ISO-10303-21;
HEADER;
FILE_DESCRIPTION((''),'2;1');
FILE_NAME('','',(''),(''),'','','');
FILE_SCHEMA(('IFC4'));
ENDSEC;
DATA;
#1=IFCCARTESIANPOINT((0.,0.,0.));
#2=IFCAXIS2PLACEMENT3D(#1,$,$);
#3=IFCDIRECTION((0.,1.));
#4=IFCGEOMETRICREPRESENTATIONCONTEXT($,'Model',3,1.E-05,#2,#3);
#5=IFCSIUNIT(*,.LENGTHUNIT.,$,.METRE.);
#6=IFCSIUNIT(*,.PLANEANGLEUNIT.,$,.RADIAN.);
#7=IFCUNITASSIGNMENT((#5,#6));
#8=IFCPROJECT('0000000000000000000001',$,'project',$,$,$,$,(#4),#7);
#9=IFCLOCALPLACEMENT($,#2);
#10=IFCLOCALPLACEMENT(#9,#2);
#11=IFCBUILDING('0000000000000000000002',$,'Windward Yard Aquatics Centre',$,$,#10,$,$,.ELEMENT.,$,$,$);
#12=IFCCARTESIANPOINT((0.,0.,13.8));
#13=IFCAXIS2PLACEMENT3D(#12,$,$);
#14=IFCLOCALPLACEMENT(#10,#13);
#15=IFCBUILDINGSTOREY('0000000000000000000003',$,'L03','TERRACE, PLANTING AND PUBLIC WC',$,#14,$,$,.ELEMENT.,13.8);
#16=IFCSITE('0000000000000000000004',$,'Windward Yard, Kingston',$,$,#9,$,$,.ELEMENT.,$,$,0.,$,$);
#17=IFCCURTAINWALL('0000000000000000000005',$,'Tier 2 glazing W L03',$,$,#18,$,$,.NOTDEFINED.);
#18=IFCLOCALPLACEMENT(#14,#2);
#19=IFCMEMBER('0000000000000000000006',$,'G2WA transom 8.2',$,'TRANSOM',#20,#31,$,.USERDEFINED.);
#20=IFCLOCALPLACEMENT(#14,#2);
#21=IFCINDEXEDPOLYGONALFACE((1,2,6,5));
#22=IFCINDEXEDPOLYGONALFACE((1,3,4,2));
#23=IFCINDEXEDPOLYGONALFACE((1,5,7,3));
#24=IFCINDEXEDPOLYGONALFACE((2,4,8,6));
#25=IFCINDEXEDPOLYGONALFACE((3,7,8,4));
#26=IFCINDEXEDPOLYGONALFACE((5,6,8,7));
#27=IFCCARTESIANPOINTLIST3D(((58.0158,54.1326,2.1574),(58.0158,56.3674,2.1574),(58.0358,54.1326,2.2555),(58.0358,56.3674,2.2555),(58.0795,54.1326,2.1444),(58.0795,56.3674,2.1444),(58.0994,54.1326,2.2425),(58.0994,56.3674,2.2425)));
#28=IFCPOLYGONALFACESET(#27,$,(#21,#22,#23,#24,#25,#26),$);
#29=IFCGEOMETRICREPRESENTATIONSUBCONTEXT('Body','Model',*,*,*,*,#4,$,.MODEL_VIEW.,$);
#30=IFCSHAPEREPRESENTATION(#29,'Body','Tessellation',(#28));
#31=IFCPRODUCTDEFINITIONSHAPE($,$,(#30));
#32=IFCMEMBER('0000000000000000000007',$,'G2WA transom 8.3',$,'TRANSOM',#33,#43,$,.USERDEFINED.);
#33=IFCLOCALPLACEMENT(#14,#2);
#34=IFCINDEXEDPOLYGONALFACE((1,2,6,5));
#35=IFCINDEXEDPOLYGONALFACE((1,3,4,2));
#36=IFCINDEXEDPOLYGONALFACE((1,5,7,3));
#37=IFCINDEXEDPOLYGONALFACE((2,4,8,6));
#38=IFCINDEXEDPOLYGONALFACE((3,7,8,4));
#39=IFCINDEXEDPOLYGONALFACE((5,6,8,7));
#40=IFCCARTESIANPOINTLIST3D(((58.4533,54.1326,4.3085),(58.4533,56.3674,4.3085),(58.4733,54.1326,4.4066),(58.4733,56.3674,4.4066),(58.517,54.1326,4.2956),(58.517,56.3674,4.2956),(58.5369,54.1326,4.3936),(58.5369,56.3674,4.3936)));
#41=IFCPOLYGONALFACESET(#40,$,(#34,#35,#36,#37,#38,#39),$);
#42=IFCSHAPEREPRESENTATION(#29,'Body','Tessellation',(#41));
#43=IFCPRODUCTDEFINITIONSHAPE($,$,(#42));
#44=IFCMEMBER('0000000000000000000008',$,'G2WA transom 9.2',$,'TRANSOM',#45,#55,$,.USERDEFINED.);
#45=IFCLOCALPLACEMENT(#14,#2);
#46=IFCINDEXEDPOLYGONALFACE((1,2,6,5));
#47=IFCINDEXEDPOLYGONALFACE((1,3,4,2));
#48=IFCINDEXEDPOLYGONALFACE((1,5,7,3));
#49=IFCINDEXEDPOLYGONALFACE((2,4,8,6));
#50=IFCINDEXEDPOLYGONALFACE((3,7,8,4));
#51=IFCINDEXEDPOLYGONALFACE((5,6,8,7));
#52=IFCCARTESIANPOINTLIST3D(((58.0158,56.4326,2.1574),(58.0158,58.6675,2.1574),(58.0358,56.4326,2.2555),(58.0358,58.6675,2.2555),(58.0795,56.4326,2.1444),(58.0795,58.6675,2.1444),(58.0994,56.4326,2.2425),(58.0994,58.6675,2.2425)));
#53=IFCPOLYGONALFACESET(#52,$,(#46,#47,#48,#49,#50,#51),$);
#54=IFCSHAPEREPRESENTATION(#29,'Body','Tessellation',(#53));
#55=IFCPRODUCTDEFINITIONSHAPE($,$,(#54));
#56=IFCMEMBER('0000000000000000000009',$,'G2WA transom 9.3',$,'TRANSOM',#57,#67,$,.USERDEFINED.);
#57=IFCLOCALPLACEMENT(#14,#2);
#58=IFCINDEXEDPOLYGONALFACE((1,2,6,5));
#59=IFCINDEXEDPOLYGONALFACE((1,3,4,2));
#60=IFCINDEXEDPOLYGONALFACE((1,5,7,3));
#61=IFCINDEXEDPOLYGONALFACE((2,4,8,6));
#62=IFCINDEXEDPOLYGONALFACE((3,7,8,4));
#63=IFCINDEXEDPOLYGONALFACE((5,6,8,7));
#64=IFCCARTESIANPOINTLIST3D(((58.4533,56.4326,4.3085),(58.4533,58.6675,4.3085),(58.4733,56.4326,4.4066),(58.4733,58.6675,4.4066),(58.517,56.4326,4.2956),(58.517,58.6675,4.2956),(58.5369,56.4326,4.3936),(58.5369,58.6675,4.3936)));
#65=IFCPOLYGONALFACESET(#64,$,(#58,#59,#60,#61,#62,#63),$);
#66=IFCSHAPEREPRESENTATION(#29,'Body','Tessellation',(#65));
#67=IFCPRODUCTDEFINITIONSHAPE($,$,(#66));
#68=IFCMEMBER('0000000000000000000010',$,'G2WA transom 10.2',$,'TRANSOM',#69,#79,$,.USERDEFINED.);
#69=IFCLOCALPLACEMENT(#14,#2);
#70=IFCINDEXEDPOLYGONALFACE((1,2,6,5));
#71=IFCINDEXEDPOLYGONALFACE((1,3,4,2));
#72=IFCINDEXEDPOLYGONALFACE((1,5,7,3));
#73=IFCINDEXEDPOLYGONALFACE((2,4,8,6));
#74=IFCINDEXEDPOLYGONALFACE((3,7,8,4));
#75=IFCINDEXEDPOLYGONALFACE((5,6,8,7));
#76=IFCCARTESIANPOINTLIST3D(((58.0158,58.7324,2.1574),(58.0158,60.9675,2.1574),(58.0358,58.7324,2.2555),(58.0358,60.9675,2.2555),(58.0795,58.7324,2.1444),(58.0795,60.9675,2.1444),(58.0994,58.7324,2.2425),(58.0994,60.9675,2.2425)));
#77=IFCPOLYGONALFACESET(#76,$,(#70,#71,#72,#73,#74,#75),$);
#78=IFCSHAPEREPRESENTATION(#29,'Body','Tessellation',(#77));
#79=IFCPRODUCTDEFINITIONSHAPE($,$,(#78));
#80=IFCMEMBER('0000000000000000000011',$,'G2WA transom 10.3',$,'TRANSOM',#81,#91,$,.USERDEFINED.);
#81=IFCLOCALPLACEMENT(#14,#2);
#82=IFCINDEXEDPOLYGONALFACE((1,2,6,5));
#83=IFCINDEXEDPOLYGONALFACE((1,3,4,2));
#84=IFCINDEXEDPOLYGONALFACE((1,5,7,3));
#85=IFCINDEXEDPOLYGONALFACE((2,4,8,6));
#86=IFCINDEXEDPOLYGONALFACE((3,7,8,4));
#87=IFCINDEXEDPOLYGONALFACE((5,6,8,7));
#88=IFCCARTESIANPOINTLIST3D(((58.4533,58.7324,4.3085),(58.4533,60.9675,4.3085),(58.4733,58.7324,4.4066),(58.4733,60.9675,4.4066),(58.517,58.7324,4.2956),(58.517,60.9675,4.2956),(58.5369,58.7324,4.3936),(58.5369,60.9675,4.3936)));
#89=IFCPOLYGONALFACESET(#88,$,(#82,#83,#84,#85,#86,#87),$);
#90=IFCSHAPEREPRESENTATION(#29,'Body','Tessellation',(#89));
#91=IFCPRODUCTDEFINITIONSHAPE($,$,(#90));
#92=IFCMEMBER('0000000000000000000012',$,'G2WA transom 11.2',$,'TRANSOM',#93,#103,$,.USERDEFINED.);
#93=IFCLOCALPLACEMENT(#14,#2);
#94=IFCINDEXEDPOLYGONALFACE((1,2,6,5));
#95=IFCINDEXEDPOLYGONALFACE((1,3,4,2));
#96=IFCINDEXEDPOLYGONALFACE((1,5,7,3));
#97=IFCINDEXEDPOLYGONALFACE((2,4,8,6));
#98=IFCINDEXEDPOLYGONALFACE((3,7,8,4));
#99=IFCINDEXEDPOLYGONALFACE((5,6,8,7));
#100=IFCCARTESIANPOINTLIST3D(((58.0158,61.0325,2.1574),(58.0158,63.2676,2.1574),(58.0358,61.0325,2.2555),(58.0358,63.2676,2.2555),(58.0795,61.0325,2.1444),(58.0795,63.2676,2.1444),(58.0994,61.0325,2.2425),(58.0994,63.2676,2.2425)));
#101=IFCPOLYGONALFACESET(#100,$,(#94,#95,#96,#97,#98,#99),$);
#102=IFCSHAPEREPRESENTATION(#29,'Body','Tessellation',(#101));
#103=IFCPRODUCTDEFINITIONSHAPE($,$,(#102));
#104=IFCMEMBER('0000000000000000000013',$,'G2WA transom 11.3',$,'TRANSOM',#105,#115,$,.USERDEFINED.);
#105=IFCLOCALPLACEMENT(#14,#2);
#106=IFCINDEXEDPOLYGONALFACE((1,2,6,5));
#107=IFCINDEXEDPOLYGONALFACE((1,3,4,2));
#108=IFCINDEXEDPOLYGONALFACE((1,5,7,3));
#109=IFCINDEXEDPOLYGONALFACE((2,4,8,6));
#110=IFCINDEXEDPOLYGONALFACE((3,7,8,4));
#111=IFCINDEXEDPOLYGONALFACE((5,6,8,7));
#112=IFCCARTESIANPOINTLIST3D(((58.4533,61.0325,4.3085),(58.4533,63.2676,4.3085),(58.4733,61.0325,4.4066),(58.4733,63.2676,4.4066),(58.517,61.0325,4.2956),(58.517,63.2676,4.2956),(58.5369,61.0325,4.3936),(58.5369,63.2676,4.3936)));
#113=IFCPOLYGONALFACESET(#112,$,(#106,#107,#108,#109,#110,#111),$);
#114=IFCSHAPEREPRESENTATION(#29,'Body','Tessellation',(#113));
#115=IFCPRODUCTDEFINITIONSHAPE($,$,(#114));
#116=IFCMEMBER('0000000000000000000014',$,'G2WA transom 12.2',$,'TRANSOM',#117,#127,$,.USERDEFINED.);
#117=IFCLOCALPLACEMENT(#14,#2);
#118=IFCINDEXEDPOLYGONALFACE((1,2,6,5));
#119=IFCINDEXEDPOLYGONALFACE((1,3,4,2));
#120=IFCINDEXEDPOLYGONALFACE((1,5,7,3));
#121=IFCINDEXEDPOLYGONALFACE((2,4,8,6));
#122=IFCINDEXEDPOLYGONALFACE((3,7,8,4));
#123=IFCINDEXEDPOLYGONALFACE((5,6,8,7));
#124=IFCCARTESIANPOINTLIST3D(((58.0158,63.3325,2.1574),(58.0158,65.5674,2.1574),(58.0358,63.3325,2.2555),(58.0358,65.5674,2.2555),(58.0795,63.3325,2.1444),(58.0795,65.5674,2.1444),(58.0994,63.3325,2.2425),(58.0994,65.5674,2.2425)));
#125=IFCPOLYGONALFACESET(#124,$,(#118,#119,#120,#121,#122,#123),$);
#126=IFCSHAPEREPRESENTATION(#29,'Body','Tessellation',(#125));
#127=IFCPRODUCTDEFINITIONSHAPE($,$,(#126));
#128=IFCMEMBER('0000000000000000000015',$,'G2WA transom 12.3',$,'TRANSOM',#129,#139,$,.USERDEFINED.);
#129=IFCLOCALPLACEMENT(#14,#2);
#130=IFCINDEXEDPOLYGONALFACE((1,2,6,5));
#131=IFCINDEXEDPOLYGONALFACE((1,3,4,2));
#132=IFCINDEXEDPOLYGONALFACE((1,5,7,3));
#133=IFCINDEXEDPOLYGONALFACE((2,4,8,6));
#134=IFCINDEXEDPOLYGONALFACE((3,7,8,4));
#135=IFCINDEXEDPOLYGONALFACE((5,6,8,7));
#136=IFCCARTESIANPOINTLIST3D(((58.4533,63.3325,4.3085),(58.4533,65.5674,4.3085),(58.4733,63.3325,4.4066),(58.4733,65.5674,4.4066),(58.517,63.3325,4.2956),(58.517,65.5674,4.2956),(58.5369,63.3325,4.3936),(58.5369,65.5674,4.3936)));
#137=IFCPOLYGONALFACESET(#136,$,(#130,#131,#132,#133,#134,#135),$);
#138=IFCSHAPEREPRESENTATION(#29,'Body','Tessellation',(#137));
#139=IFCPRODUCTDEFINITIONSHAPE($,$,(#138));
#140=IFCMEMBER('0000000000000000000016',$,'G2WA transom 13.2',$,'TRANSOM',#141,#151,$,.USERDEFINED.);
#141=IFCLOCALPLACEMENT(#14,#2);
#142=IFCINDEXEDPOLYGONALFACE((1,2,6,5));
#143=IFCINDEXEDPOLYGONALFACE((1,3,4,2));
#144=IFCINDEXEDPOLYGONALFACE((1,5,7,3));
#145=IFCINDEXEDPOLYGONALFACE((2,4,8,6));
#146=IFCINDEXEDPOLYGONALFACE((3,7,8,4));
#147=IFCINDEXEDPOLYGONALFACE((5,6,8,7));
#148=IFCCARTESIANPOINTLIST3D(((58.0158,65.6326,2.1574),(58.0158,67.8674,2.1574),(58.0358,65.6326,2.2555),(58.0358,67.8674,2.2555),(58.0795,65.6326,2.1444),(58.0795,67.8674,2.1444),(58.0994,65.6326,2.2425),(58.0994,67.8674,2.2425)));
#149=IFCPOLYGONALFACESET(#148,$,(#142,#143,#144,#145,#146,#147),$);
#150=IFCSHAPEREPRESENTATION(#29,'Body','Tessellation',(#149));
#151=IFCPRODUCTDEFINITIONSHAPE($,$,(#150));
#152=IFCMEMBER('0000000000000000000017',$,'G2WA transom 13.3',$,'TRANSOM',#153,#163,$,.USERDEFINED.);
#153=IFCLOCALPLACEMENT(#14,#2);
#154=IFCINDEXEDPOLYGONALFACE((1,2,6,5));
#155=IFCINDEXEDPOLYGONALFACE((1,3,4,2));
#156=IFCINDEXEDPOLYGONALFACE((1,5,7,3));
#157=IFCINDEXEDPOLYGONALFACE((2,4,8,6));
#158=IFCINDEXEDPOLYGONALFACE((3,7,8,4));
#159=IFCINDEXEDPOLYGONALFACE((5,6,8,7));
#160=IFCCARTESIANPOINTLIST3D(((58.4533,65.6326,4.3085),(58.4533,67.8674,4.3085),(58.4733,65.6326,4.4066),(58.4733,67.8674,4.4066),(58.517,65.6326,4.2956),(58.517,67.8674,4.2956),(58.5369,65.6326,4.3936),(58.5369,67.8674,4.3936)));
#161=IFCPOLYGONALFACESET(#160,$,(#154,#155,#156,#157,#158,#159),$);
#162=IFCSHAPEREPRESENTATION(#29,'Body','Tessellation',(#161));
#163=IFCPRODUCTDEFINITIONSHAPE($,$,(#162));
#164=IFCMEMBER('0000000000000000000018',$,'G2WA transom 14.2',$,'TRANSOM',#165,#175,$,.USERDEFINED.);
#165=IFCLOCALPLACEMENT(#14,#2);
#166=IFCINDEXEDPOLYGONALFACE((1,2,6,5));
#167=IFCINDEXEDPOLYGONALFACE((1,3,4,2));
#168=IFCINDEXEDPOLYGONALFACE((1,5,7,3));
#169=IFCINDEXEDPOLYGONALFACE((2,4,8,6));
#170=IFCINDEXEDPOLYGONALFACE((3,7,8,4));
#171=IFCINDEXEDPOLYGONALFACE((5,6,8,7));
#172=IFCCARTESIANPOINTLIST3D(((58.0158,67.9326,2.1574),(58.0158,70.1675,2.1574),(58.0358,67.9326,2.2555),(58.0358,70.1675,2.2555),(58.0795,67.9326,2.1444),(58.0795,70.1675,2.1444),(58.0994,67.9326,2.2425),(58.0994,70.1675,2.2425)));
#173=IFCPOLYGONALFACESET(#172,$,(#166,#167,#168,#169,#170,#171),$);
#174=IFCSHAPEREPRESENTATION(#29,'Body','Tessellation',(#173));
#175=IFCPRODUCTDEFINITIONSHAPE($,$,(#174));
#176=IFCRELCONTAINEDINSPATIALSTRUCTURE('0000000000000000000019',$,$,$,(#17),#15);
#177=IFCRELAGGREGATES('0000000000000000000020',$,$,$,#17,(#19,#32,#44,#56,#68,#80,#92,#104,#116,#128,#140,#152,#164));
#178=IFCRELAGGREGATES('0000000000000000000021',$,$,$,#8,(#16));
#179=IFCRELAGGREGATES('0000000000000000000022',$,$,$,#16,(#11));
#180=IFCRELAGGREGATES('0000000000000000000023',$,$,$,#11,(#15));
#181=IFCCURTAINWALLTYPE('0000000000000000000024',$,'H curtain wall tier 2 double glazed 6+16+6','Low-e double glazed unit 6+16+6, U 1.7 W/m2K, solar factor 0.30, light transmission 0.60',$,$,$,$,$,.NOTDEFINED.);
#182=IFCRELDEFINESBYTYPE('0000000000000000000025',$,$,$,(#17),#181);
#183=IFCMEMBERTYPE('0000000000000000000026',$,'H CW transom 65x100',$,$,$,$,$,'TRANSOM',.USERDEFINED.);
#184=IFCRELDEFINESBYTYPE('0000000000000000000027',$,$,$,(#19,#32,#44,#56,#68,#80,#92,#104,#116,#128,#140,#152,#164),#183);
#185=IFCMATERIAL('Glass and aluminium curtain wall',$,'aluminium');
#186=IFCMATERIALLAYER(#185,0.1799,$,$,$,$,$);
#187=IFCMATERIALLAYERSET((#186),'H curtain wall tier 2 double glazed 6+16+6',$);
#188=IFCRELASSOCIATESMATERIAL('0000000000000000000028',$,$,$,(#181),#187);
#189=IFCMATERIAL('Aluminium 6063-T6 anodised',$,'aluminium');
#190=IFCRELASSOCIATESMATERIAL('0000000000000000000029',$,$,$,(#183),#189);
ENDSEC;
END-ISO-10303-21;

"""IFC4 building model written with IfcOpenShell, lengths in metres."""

from ifc_helpers import new_model, si_unit, direction, frame, origin, origin_2d, place, context, subcontext, project, spatial, rectangle, extrude, material, layer, layer_set, material_profile, profile_set, type_object, element, aggregate, save


model = new_model("IFC4")

# Units and contexts
model_context = context("Model", 3, precision=1e-05, world=origin(), true_north=direction((0.0, 1.0)))
body_context = subcontext(model_context, "Body", "Model", "MODEL_VIEW")
ifc_project = project(units=[si_unit("LENGTHUNIT", "METRE"), si_unit("PLANEANGLEUNIT", "RADIAN")], contexts=[model_context])

# Site, building, storey
site_placement = place(None, origin())
site = spatial("IfcSite", under=ifc_project, at=site_placement, Name="Windward Yard, Kingston", CompositionType="ELEMENT", RefElevation=0.0)
building_placement = place(site_placement, origin())
building = spatial("IfcBuilding", under=site, at=building_placement, Name="Windward Yard Aquatics Centre", CompositionType="ELEMENT")
storey_placement = place(building_placement, frame((0.0, 0.0, 13.8)))
storey = spatial("IfcBuildingStorey", under=building, at=storey_placement, Name="L03", Description="TERRACE, PLANTING AND PUBLIC WC", CompositionType="ELEMENT", Elevation=13.8)

# Curtain wall, members
ifc_material_1 = material(Name="Glass and aluminium curtain wall", Category="aluminium")
ifc_layer_1 = layer(ifc_material_1, 0.1799)
ifc_layer_set_1 = layer_set([ifc_layer_1], Name="H curtain wall tier 2 double glazed 6+16+6")
curtain_wall_type = type_object("IfcCurtainWallType", Name="H curtain wall tier 2 double glazed 6+16+6", Description="Low-e double glazed unit 6+16+6, U 1.7 W/m2K, solar factor 0.30, light transmission 0.60", PredefinedType="NOTDEFINED", material=ifc_layer_set_1)
curtain_wall_placement = place(storey_placement, origin())
curtain_wall = element("IfcCurtainWall", 1, at=curtain_wall_placement, inside=storey, type_object=curtain_wall_type, Name="Tier 2 glazing W L03", PredefinedType="NOTDEFINED")
ifc_material_2 = material(Name="Aluminium 6063-T6 anodised", Category="aluminium")
ifc_material_profile_1 = material_profile(ifc_material_2, rectangle(XDim=0.0649, YDim=0.1001, at=origin_2d()), Name="H CW transom 65x100")
ifc_profile_set_1 = profile_set([ifc_material_profile_1], Name="Aluminium 6063-T6 anodised")
member_type_1 = type_object("IfcMemberType", Name="H CW transom 65x100", ElementType="TRANSOM", PredefinedType="USERDEFINED", material=ifc_profile_set_1)
member_1_placement = place(storey_placement, frame((58.0576, 54.1326, 2.2), z_axis=(0.0, 1.0, 0.0), x_axis=(-0.979925, 0.0, 0.199368)))
member_1 = element("IfcMember", 2, at=member_1_placement, type_object=member_type_1, Name="G2WA transom 8.2", ObjectType="TRANSOM", PredefinedType="USERDEFINED", context=body_context, shape_type="SweptSolid", body=[
    extrude(rectangle(XDim=0.0649, YDim=0.1001, at=origin_2d()), origin(), (0.0, 0.0, 1.0), 2.2349),
])
member_2_placement = place(storey_placement, frame((58.4951, 54.1326, 4.3511), z_axis=(0.0, 1.0, 0.0), x_axis=(-0.979925, 0.0, 0.199368)))
member_2 = element("IfcMember", 3, at=member_2_placement, type_object=member_type_1, Name="G2WA transom 8.3", ObjectType="TRANSOM", PredefinedType="USERDEFINED", context=body_context, shape_type="SweptSolid", body=[
    extrude(rectangle(XDim=0.0649, YDim=0.1001, at=origin_2d()), origin(), (0.0, 0.0, 1.0), 2.2349),
])
member_3_placement = place(storey_placement, frame((58.0576, 56.4326, 2.2), z_axis=(0.0, 1.0, 0.0), x_axis=(-0.979925, 0.0, 0.199368)))
member_3 = element("IfcMember", 4, at=member_3_placement, type_object=member_type_1, Name="G2WA transom 9.2", ObjectType="TRANSOM", PredefinedType="USERDEFINED", context=body_context, shape_type="SweptSolid", body=[
    extrude(rectangle(XDim=0.0649, YDim=0.1001, at=origin_2d()), origin(), (0.0, 0.0, 1.0), 2.2349),
])
member_4_placement = place(storey_placement, frame((58.4951, 56.4326, 4.3511), z_axis=(0.0, 1.0, 0.0), x_axis=(-0.979925, 0.0, 0.199368)))
member_4 = element("IfcMember", 5, at=member_4_placement, type_object=member_type_1, Name="G2WA transom 9.3", ObjectType="TRANSOM", PredefinedType="USERDEFINED", context=body_context, shape_type="SweptSolid", body=[
    extrude(rectangle(XDim=0.0649, YDim=0.1001, at=origin_2d()), origin(), (0.0, 0.0, 1.0), 2.2349),
])
member_5_placement = place(storey_placement, frame((58.0576, 58.7324, 2.2), z_axis=(0.0, 1.0, 0.0), x_axis=(-0.979925, 0.0, 0.199368)))
member_5 = element("IfcMember", 6, at=member_5_placement, type_object=member_type_1, Name="G2WA transom 10.2", ObjectType="TRANSOM", PredefinedType="USERDEFINED", context=body_context, shape_type="SweptSolid", body=[
    extrude(rectangle(XDim=0.0649, YDim=0.1001, at=origin_2d()), origin(), (0.0, 0.0, 1.0), 2.2351),
])
member_6_placement = place(storey_placement, frame((58.4951, 58.7324, 4.3511), z_axis=(0.0, 1.0, 0.0), x_axis=(-0.979925, 0.0, 0.199368)))
member_6 = element("IfcMember", 7, at=member_6_placement, type_object=member_type_1, Name="G2WA transom 10.3", ObjectType="TRANSOM", PredefinedType="USERDEFINED", context=body_context, shape_type="SweptSolid", body=[
    extrude(rectangle(XDim=0.0649, YDim=0.1001, at=origin_2d()), origin(), (0.0, 0.0, 1.0), 2.2351),
])
member_7_placement = place(storey_placement, frame((58.0576, 61.0325, 2.2), z_axis=(0.0, 1.0, 0.0), x_axis=(-0.979925, 0.0, 0.199368)))
member_7 = element("IfcMember", 8, at=member_7_placement, type_object=member_type_1, Name="G2WA transom 11.2", ObjectType="TRANSOM", PredefinedType="USERDEFINED", context=body_context, shape_type="SweptSolid", body=[
    extrude(rectangle(XDim=0.0649, YDim=0.1001, at=origin_2d()), origin(), (0.0, 0.0, 1.0), 2.2351),
])
member_8_placement = place(storey_placement, frame((58.4951, 61.0325, 4.3511), z_axis=(0.0, 1.0, 0.0), x_axis=(-0.979925, 0.0, 0.199368)))
member_8 = element("IfcMember", 9, at=member_8_placement, type_object=member_type_1, Name="G2WA transom 11.3", ObjectType="TRANSOM", PredefinedType="USERDEFINED", context=body_context, shape_type="SweptSolid", body=[
    extrude(rectangle(XDim=0.0649, YDim=0.1001, at=origin_2d()), origin(), (0.0, 0.0, 1.0), 2.2351),
])
member_9_placement = place(storey_placement, frame((58.0576, 63.3325, 2.2), z_axis=(0.0, 1.0, 0.0), x_axis=(-0.979925, 0.0, 0.199368)))
member_9 = element("IfcMember", 10, at=member_9_placement, type_object=member_type_1, Name="G2WA transom 12.2", ObjectType="TRANSOM", PredefinedType="USERDEFINED", context=body_context, shape_type="SweptSolid", body=[
    extrude(rectangle(XDim=0.0649, YDim=0.1001, at=origin_2d()), origin(), (0.0, 0.0, 1.0), 2.2349),
])
member_10_placement = place(storey_placement, frame((58.4951, 63.3325, 4.3511), z_axis=(0.0, 1.0, 0.0), x_axis=(-0.979925, 0.0, 0.199368)))
member_10 = element("IfcMember", 11, at=member_10_placement, type_object=member_type_1, Name="G2WA transom 12.3", ObjectType="TRANSOM", PredefinedType="USERDEFINED", context=body_context, shape_type="SweptSolid", body=[
    extrude(rectangle(XDim=0.0649, YDim=0.1001, at=origin_2d()), origin(), (0.0, 0.0, 1.0), 2.2349),
])
member_11_placement = place(storey_placement, frame((58.0576, 65.6326, 2.2), z_axis=(0.0, 1.0, 0.0), x_axis=(-0.979925, 0.0, 0.199368)))
member_11 = element("IfcMember", 12, at=member_11_placement, type_object=member_type_1, Name="G2WA transom 13.2", ObjectType="TRANSOM", PredefinedType="USERDEFINED", context=body_context, shape_type="SweptSolid", body=[
    extrude(rectangle(XDim=0.0649, YDim=0.1001, at=origin_2d()), origin(), (0.0, 0.0, 1.0), 2.2349),
])
member_12_placement = place(storey_placement, frame((58.4951, 65.6326, 4.3511), z_axis=(0.0, 1.0, 0.0), x_axis=(-0.979925, 0.0, 0.199368)))
member_12 = element("IfcMember", 13, at=member_12_placement, type_object=member_type_1, Name="G2WA transom 13.3", ObjectType="TRANSOM", PredefinedType="USERDEFINED", context=body_context, shape_type="SweptSolid", body=[
    extrude(rectangle(XDim=0.0649, YDim=0.1001, at=origin_2d()), origin(), (0.0, 0.0, 1.0), 2.2349),
])
member_13_placement = place(storey_placement, frame((58.0576, 67.9326, 2.2), z_axis=(0.0, 1.0, 0.0), x_axis=(-0.979925, 0.0, 0.199368)))
member_13 = element("IfcMember", 14, at=member_13_placement, type_object=member_type_1, Name="G2WA transom 14.2", ObjectType="TRANSOM", PredefinedType="USERDEFINED", context=body_context, shape_type="SweptSolid", body=[
    extrude(rectangle(XDim=0.0649, YDim=0.1001, at=origin_2d()), origin(), (0.0, 0.0, 1.0), 2.2349),
])
aggregate(curtain_wall, [member_1, member_2, member_3, member_4, member_5, member_6, member_7, member_8, member_9, member_10, member_11, member_12, member_13])

save(model, "model.ifc")
